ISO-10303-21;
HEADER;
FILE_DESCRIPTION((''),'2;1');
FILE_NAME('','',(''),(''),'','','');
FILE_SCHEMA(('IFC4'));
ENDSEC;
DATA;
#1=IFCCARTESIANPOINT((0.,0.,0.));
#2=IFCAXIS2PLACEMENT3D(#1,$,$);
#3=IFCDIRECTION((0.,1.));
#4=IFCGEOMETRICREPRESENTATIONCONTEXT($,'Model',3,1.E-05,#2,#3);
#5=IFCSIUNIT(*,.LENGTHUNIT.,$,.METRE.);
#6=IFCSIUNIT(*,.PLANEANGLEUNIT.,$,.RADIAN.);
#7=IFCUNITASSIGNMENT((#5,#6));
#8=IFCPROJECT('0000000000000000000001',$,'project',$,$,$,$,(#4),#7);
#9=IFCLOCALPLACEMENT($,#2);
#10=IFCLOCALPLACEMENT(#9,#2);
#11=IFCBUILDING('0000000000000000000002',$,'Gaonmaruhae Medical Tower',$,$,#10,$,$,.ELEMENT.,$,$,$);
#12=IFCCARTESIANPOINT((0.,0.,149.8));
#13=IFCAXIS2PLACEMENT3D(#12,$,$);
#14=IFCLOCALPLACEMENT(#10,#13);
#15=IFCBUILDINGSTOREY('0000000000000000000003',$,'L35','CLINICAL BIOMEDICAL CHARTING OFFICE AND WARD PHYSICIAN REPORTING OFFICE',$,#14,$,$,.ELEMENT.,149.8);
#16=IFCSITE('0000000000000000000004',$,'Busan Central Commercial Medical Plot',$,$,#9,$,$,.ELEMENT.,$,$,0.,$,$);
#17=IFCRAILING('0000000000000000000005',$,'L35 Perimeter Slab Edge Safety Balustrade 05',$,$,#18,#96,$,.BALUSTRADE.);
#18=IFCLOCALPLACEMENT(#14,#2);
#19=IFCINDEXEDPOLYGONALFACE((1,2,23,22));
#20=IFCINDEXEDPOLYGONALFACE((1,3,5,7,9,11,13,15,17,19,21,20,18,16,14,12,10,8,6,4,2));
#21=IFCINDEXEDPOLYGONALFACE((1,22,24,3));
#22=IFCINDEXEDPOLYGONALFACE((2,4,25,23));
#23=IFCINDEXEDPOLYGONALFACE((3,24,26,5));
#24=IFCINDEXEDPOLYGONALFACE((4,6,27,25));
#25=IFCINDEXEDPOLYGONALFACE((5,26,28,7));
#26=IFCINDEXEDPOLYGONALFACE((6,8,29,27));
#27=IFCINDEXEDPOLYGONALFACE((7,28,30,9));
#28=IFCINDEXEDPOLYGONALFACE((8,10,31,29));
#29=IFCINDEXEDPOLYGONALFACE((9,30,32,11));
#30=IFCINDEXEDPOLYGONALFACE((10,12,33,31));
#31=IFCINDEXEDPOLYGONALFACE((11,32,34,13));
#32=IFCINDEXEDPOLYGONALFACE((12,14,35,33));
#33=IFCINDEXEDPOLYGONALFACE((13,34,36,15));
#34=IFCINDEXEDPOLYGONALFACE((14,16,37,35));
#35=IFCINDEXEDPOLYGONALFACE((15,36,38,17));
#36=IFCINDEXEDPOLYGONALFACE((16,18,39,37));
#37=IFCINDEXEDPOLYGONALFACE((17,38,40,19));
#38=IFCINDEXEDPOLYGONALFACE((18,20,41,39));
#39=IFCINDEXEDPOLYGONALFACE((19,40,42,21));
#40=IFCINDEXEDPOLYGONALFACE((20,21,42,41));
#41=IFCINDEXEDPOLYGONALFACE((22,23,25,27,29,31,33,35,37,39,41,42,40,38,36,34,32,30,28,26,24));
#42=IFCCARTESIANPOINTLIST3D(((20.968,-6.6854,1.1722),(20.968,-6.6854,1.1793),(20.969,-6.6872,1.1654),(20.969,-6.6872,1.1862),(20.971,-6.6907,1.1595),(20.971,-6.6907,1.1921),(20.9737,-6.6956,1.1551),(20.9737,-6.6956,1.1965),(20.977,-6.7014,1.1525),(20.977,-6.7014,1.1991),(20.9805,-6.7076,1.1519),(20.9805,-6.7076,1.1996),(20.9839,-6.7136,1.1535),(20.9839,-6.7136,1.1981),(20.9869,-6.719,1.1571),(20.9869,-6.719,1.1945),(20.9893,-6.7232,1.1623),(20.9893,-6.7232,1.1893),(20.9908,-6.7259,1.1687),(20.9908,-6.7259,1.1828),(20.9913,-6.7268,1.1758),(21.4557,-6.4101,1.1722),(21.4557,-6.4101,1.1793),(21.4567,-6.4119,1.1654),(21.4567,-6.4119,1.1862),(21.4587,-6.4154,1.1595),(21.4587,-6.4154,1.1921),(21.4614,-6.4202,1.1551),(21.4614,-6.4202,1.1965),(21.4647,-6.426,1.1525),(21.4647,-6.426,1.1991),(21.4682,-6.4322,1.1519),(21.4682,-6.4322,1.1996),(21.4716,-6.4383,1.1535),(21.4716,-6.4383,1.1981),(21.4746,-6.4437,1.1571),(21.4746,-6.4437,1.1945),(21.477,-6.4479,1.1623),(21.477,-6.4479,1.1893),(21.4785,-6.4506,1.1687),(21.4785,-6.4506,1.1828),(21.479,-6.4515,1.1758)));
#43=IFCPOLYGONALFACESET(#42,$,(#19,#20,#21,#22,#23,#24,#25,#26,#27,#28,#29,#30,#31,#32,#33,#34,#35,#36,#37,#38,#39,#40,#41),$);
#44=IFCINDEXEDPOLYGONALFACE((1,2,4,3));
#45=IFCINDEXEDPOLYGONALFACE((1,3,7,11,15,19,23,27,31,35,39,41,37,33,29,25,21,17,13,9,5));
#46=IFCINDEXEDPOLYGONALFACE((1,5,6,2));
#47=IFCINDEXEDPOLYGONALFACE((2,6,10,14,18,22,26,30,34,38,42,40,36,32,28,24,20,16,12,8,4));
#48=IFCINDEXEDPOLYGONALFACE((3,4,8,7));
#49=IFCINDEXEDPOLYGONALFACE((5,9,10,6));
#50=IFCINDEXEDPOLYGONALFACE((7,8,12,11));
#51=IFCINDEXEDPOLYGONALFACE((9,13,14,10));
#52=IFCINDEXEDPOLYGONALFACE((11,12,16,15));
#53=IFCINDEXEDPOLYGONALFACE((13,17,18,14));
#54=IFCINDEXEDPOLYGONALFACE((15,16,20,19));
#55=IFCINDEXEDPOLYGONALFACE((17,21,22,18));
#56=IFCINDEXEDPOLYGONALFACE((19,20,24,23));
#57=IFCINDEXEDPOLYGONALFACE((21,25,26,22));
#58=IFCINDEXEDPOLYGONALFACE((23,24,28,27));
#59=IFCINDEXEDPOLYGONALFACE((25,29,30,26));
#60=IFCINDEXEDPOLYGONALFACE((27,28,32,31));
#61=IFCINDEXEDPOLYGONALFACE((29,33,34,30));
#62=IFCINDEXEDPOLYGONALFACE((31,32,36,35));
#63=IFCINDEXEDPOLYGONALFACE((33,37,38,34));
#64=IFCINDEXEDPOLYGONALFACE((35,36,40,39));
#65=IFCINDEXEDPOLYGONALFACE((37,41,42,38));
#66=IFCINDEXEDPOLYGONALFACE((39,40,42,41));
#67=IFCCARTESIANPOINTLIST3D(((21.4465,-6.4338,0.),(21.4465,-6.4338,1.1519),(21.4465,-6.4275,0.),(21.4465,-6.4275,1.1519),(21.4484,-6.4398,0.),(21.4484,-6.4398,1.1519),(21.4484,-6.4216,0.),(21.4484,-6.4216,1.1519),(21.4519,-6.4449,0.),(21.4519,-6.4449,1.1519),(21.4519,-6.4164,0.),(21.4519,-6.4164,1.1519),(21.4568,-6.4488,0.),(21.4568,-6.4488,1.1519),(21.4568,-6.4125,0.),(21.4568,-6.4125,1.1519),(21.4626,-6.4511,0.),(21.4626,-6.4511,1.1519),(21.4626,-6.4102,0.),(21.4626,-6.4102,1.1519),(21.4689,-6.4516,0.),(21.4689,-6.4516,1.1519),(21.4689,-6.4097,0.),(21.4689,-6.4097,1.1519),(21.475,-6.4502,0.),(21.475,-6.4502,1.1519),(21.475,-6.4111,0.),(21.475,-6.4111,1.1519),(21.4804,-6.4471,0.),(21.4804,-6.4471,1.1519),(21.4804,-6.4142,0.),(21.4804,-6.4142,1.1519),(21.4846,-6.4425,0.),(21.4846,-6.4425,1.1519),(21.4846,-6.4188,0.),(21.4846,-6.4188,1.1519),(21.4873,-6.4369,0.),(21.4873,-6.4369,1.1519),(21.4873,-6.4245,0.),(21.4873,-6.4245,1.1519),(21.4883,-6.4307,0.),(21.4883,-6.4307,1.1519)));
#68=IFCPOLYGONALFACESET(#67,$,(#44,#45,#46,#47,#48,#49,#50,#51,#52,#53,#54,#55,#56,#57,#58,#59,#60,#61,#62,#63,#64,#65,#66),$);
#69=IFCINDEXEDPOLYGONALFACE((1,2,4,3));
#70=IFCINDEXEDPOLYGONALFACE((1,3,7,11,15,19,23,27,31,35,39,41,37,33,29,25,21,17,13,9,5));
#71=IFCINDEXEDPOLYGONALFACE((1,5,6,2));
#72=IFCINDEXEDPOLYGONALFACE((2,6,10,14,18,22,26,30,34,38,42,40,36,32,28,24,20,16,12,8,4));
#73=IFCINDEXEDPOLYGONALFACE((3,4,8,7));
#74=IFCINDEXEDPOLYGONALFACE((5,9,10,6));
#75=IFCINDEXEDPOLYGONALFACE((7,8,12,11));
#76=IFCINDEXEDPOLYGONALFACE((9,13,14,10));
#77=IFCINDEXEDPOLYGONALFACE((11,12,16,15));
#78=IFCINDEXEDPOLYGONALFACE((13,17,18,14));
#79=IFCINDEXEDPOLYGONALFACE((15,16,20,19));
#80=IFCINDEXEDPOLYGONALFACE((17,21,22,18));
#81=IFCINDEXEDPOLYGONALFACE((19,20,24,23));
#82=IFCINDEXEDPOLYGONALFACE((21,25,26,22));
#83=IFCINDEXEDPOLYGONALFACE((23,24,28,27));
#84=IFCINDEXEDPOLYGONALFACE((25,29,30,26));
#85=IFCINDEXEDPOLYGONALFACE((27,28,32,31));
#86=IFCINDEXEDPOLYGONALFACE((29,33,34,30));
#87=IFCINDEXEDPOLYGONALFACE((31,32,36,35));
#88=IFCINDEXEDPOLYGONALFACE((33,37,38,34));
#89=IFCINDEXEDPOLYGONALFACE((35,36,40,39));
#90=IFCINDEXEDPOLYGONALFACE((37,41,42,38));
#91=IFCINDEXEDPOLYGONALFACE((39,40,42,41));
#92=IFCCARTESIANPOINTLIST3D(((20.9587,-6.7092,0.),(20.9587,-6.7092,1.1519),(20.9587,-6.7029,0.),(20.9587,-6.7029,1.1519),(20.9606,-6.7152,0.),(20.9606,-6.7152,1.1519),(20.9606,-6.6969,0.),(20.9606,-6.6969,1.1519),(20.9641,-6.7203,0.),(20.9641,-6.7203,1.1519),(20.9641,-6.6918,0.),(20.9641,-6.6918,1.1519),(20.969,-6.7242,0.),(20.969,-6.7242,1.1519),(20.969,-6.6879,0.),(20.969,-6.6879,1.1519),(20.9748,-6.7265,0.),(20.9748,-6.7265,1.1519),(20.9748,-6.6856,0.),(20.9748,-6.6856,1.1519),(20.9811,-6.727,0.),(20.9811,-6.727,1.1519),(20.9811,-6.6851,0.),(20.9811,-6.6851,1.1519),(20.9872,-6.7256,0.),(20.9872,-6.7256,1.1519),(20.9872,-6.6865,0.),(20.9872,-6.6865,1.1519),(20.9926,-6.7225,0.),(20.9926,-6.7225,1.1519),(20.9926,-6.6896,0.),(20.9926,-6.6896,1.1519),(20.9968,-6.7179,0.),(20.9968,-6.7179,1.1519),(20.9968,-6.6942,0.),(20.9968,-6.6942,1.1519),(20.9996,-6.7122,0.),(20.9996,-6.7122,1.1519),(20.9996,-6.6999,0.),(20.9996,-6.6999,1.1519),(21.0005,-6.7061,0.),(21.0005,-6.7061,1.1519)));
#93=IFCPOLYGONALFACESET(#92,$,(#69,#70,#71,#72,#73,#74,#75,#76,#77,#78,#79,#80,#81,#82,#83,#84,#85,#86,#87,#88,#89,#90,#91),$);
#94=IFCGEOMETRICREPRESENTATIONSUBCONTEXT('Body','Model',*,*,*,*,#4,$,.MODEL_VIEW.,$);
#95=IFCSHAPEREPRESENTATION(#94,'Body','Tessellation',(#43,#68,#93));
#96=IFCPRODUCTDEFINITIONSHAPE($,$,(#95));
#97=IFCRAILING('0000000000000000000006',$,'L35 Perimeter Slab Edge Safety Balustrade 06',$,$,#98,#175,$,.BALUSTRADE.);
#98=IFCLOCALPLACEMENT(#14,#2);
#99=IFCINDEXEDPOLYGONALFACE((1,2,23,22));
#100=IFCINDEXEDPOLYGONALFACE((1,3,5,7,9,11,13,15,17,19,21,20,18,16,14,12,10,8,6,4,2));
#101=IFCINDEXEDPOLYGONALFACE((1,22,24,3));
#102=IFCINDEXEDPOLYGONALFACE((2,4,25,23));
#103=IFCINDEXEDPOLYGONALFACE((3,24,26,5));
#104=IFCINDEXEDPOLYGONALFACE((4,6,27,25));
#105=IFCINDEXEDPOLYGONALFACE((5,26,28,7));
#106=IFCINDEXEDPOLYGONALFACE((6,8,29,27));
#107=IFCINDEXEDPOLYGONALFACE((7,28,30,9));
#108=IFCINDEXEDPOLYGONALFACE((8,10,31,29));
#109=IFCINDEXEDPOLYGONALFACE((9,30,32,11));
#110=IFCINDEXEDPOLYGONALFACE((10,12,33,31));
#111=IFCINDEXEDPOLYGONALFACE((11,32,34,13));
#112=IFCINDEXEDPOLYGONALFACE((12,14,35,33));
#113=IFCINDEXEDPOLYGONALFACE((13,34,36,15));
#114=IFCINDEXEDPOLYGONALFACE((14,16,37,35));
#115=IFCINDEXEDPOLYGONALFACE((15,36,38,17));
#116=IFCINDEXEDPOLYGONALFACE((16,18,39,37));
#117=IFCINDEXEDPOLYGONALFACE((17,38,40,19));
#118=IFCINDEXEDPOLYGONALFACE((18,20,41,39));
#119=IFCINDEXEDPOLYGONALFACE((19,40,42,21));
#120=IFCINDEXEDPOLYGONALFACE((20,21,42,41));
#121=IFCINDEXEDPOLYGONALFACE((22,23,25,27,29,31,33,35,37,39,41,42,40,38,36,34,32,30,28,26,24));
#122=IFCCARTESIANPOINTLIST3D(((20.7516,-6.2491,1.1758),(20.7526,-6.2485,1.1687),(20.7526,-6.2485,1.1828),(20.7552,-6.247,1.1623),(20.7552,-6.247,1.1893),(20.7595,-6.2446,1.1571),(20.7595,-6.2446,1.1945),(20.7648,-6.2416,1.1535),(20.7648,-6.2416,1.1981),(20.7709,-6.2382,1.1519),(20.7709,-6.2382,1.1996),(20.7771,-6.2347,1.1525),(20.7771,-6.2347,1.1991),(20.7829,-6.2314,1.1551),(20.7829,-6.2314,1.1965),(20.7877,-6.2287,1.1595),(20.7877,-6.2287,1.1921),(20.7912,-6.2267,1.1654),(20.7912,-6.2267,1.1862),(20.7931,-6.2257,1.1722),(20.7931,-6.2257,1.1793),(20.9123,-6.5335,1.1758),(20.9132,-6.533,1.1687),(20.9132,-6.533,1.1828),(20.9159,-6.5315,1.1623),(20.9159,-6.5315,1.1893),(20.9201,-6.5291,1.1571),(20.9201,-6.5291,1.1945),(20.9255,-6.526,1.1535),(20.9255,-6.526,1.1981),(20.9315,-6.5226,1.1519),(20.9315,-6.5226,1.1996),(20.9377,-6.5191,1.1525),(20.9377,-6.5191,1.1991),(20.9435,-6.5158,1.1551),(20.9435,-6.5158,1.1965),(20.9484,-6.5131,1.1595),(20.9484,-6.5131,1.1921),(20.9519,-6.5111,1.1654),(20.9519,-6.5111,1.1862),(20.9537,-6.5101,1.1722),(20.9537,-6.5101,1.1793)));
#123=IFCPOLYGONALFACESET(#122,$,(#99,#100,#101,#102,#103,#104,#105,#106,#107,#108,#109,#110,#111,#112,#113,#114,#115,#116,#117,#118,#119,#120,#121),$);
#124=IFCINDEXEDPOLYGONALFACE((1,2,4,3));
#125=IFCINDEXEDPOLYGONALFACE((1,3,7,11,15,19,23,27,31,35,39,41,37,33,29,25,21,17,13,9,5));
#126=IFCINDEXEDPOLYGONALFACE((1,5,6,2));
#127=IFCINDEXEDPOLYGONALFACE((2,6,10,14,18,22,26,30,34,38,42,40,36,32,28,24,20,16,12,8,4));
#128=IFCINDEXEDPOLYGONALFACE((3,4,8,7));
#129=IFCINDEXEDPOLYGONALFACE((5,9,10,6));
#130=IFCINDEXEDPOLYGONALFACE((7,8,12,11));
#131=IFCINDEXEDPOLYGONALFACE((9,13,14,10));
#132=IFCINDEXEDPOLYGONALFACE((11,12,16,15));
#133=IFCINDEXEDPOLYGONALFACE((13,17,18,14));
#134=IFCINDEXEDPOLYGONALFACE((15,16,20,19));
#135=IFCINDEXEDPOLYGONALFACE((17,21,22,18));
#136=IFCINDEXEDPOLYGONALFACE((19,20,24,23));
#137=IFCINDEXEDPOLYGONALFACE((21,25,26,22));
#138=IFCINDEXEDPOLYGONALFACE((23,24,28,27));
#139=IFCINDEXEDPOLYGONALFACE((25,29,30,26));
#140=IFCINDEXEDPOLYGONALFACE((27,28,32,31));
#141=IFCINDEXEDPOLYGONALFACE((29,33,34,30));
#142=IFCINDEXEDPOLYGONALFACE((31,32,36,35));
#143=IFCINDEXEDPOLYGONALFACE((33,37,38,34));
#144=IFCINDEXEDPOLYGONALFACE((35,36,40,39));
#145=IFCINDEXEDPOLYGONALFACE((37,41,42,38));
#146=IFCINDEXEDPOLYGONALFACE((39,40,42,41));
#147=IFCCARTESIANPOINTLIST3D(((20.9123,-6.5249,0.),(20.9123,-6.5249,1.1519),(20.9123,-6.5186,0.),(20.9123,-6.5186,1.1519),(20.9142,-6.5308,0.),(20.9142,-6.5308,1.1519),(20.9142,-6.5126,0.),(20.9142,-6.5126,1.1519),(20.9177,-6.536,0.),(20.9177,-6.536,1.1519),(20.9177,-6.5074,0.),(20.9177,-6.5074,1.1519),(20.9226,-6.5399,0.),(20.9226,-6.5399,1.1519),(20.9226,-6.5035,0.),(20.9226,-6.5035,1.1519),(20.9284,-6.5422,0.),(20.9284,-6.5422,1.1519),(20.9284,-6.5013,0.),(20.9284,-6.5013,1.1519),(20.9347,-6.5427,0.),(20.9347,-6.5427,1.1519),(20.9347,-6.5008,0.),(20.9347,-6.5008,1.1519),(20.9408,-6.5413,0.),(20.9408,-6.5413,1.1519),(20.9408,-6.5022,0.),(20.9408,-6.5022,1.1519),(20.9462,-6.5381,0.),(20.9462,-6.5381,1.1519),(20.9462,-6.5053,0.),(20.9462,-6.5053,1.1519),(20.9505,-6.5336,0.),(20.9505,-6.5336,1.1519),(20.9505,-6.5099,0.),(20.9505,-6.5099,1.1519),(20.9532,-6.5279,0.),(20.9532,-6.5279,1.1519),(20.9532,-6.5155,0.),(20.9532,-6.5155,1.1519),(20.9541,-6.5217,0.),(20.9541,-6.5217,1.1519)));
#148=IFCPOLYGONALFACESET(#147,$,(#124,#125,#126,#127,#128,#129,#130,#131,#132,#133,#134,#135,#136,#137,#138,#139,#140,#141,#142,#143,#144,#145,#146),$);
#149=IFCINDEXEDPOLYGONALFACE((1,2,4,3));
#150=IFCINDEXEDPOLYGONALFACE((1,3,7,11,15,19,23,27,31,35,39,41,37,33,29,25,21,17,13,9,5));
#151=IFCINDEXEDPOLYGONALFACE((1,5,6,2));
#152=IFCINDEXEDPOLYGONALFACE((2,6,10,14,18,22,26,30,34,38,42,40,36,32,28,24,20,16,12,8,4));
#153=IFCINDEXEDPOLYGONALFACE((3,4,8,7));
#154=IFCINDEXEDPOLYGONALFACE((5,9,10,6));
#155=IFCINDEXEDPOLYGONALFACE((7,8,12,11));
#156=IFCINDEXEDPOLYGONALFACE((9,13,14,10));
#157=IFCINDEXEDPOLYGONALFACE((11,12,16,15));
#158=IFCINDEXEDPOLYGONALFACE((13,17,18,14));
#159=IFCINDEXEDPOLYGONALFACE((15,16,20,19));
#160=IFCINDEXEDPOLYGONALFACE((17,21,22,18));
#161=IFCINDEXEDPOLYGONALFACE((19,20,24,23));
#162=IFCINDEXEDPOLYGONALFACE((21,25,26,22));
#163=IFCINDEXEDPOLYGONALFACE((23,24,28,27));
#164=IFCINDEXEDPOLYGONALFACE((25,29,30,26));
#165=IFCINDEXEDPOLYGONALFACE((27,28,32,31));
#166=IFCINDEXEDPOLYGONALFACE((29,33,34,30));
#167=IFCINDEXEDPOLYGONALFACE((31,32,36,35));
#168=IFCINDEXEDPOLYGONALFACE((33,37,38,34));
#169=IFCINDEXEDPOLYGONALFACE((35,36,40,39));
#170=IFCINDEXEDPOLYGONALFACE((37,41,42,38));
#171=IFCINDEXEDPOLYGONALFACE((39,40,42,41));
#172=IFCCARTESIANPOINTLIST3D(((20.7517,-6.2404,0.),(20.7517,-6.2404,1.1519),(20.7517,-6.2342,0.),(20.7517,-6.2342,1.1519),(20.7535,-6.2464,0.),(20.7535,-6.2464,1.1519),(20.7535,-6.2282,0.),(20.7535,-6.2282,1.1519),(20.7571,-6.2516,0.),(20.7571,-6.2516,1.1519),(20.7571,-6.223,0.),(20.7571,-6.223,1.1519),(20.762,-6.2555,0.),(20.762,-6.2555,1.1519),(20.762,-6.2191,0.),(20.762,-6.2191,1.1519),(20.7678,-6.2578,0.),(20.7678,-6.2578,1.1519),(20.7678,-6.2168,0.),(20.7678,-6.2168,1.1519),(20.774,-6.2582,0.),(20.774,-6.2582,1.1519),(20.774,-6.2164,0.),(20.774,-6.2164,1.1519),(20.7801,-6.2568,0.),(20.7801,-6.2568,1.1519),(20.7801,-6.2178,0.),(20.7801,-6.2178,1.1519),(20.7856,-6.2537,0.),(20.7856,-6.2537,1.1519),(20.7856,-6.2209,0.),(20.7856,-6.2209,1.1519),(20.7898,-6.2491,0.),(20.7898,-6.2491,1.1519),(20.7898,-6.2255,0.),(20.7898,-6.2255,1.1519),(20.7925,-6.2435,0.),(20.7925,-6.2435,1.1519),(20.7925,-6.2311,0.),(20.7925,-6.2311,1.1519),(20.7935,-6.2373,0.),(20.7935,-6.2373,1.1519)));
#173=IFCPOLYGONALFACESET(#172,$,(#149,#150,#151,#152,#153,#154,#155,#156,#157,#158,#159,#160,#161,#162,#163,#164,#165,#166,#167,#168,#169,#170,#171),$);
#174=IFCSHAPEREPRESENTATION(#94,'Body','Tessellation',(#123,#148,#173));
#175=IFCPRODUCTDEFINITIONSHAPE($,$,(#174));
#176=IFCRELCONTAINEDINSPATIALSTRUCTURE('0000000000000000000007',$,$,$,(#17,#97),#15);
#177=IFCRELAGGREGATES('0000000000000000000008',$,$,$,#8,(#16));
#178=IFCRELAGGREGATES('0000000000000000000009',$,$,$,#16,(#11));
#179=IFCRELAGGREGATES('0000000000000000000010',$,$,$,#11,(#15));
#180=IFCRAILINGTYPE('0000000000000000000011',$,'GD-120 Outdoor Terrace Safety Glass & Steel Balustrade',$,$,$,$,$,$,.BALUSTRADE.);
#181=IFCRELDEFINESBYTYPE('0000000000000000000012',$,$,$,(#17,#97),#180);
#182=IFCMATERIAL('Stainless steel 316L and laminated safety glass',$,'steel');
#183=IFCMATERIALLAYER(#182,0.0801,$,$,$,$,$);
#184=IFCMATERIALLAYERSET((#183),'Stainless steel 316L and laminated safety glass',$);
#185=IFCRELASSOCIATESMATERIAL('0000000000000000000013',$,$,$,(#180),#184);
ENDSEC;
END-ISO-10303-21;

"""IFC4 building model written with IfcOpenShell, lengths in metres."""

from ifc_helpers import new_model, si_unit, direction, frame, origin, origin_2d, place, context, subcontext, project, spatial, circle, extrude, material, layer, layer_set, type_object, element, save


model = new_model("IFC4")

# Units and contexts
model_context = context("Model", 3, precision=1e-05, world=origin(), true_north=direction((0.0, 1.0)))
body_context = subcontext(model_context, "Body", "Model", "MODEL_VIEW")
ifc_project = project(units=[si_unit("LENGTHUNIT", "METRE"), si_unit("PLANEANGLEUNIT", "RADIAN")], contexts=[model_context])

# Site, building, storey
site_placement = place(None, origin())
site = spatial("IfcSite", under=ifc_project, at=site_placement, Name="Busan Central Commercial Medical Plot", CompositionType="ELEMENT", RefElevation=0.0)
building_placement = place(site_placement, origin())
building = spatial("IfcBuilding", under=site, at=building_placement, Name="Gaonmaruhae Medical Tower", CompositionType="ELEMENT")
storey_placement = place(building_placement, frame((0.0, 0.0, 149.8)))
storey = spatial("IfcBuildingStorey", under=building, at=storey_placement, Name="L35", Description="CLINICAL BIOMEDICAL CHARTING OFFICE AND WARD PHYSICIAN REPORTING OFFICE", CompositionType="ELEMENT", Elevation=149.8)

# Railings
ifc_material_1 = material(Name="Stainless steel 316L and laminated safety glass", Category="steel")
ifc_layer_1 = layer(ifc_material_1, 0.0801)
ifc_layer_set_1 = layer_set([ifc_layer_1], Name="Stainless steel 316L and laminated safety glass")
railing_type = type_object("IfcRailingType", Name="GD-120 Outdoor Terrace Safety Glass & Steel Balustrade", PredefinedType="BALUSTRADE", material=ifc_layer_set_1)
railing_1_placement = place(storey_placement, frame((21.4673, -6.4307, 0.0)))
element("IfcRailing", 1, at=railing_1_placement, inside=storey, type_object=railing_type, Name="L35 Perimeter Slab Edge Safety Balustrade 05", PredefinedType="BALUSTRADE", context=body_context, shape_type="SweptSolid", body=[
    extrude(circle(Radius=0.0239, at=origin_2d()), frame((0.0, 0.0, 1.1758), z_axis=(-0.870806, -0.491626, 0.0), x_axis=(0.491626, -0.870806, 0.0)), (0.0, 0.0, 1.0), 0.5601),
    extrude(circle(Radius=0.021, at=origin_2d()), origin(), (0.0, 0.0, 1.0), 1.1519),
    extrude(circle(Radius=0.021, at=origin_2d()), frame((-0.4878, -0.2754, 0.0)), (0.0, 0.0, 1.0), 1.1519),
])
railing_2_placement = place(storey_placement, frame((20.9331, -6.5217, 0.0)))
element("IfcRailing", 2, at=railing_2_placement, inside=storey, type_object=railing_type, Name="L35 Perimeter Slab Edge Safety Balustrade 06", PredefinedType="BALUSTRADE", context=body_context, shape_type="SweptSolid", body=[
    extrude(circle(Radius=0.0239, at=origin_2d()), frame((0.0, 0.0, 1.1758), z_axis=(-0.491786, 0.870716, 0.0), x_axis=(-0.870716, -0.491786, 0.0)), (0.0, 0.0, 1.0), 0.3267),
    extrude(circle(Radius=0.021, at=origin_2d()), origin(), (0.0, 0.0, 1.0), 1.1519),
    extrude(circle(Radius=0.021, at=origin_2d()), frame((-0.1606, 0.2844, 0.0)), (0.0, 0.0, 1.0), 1.1519),
])

save(model, "model.ifc")
